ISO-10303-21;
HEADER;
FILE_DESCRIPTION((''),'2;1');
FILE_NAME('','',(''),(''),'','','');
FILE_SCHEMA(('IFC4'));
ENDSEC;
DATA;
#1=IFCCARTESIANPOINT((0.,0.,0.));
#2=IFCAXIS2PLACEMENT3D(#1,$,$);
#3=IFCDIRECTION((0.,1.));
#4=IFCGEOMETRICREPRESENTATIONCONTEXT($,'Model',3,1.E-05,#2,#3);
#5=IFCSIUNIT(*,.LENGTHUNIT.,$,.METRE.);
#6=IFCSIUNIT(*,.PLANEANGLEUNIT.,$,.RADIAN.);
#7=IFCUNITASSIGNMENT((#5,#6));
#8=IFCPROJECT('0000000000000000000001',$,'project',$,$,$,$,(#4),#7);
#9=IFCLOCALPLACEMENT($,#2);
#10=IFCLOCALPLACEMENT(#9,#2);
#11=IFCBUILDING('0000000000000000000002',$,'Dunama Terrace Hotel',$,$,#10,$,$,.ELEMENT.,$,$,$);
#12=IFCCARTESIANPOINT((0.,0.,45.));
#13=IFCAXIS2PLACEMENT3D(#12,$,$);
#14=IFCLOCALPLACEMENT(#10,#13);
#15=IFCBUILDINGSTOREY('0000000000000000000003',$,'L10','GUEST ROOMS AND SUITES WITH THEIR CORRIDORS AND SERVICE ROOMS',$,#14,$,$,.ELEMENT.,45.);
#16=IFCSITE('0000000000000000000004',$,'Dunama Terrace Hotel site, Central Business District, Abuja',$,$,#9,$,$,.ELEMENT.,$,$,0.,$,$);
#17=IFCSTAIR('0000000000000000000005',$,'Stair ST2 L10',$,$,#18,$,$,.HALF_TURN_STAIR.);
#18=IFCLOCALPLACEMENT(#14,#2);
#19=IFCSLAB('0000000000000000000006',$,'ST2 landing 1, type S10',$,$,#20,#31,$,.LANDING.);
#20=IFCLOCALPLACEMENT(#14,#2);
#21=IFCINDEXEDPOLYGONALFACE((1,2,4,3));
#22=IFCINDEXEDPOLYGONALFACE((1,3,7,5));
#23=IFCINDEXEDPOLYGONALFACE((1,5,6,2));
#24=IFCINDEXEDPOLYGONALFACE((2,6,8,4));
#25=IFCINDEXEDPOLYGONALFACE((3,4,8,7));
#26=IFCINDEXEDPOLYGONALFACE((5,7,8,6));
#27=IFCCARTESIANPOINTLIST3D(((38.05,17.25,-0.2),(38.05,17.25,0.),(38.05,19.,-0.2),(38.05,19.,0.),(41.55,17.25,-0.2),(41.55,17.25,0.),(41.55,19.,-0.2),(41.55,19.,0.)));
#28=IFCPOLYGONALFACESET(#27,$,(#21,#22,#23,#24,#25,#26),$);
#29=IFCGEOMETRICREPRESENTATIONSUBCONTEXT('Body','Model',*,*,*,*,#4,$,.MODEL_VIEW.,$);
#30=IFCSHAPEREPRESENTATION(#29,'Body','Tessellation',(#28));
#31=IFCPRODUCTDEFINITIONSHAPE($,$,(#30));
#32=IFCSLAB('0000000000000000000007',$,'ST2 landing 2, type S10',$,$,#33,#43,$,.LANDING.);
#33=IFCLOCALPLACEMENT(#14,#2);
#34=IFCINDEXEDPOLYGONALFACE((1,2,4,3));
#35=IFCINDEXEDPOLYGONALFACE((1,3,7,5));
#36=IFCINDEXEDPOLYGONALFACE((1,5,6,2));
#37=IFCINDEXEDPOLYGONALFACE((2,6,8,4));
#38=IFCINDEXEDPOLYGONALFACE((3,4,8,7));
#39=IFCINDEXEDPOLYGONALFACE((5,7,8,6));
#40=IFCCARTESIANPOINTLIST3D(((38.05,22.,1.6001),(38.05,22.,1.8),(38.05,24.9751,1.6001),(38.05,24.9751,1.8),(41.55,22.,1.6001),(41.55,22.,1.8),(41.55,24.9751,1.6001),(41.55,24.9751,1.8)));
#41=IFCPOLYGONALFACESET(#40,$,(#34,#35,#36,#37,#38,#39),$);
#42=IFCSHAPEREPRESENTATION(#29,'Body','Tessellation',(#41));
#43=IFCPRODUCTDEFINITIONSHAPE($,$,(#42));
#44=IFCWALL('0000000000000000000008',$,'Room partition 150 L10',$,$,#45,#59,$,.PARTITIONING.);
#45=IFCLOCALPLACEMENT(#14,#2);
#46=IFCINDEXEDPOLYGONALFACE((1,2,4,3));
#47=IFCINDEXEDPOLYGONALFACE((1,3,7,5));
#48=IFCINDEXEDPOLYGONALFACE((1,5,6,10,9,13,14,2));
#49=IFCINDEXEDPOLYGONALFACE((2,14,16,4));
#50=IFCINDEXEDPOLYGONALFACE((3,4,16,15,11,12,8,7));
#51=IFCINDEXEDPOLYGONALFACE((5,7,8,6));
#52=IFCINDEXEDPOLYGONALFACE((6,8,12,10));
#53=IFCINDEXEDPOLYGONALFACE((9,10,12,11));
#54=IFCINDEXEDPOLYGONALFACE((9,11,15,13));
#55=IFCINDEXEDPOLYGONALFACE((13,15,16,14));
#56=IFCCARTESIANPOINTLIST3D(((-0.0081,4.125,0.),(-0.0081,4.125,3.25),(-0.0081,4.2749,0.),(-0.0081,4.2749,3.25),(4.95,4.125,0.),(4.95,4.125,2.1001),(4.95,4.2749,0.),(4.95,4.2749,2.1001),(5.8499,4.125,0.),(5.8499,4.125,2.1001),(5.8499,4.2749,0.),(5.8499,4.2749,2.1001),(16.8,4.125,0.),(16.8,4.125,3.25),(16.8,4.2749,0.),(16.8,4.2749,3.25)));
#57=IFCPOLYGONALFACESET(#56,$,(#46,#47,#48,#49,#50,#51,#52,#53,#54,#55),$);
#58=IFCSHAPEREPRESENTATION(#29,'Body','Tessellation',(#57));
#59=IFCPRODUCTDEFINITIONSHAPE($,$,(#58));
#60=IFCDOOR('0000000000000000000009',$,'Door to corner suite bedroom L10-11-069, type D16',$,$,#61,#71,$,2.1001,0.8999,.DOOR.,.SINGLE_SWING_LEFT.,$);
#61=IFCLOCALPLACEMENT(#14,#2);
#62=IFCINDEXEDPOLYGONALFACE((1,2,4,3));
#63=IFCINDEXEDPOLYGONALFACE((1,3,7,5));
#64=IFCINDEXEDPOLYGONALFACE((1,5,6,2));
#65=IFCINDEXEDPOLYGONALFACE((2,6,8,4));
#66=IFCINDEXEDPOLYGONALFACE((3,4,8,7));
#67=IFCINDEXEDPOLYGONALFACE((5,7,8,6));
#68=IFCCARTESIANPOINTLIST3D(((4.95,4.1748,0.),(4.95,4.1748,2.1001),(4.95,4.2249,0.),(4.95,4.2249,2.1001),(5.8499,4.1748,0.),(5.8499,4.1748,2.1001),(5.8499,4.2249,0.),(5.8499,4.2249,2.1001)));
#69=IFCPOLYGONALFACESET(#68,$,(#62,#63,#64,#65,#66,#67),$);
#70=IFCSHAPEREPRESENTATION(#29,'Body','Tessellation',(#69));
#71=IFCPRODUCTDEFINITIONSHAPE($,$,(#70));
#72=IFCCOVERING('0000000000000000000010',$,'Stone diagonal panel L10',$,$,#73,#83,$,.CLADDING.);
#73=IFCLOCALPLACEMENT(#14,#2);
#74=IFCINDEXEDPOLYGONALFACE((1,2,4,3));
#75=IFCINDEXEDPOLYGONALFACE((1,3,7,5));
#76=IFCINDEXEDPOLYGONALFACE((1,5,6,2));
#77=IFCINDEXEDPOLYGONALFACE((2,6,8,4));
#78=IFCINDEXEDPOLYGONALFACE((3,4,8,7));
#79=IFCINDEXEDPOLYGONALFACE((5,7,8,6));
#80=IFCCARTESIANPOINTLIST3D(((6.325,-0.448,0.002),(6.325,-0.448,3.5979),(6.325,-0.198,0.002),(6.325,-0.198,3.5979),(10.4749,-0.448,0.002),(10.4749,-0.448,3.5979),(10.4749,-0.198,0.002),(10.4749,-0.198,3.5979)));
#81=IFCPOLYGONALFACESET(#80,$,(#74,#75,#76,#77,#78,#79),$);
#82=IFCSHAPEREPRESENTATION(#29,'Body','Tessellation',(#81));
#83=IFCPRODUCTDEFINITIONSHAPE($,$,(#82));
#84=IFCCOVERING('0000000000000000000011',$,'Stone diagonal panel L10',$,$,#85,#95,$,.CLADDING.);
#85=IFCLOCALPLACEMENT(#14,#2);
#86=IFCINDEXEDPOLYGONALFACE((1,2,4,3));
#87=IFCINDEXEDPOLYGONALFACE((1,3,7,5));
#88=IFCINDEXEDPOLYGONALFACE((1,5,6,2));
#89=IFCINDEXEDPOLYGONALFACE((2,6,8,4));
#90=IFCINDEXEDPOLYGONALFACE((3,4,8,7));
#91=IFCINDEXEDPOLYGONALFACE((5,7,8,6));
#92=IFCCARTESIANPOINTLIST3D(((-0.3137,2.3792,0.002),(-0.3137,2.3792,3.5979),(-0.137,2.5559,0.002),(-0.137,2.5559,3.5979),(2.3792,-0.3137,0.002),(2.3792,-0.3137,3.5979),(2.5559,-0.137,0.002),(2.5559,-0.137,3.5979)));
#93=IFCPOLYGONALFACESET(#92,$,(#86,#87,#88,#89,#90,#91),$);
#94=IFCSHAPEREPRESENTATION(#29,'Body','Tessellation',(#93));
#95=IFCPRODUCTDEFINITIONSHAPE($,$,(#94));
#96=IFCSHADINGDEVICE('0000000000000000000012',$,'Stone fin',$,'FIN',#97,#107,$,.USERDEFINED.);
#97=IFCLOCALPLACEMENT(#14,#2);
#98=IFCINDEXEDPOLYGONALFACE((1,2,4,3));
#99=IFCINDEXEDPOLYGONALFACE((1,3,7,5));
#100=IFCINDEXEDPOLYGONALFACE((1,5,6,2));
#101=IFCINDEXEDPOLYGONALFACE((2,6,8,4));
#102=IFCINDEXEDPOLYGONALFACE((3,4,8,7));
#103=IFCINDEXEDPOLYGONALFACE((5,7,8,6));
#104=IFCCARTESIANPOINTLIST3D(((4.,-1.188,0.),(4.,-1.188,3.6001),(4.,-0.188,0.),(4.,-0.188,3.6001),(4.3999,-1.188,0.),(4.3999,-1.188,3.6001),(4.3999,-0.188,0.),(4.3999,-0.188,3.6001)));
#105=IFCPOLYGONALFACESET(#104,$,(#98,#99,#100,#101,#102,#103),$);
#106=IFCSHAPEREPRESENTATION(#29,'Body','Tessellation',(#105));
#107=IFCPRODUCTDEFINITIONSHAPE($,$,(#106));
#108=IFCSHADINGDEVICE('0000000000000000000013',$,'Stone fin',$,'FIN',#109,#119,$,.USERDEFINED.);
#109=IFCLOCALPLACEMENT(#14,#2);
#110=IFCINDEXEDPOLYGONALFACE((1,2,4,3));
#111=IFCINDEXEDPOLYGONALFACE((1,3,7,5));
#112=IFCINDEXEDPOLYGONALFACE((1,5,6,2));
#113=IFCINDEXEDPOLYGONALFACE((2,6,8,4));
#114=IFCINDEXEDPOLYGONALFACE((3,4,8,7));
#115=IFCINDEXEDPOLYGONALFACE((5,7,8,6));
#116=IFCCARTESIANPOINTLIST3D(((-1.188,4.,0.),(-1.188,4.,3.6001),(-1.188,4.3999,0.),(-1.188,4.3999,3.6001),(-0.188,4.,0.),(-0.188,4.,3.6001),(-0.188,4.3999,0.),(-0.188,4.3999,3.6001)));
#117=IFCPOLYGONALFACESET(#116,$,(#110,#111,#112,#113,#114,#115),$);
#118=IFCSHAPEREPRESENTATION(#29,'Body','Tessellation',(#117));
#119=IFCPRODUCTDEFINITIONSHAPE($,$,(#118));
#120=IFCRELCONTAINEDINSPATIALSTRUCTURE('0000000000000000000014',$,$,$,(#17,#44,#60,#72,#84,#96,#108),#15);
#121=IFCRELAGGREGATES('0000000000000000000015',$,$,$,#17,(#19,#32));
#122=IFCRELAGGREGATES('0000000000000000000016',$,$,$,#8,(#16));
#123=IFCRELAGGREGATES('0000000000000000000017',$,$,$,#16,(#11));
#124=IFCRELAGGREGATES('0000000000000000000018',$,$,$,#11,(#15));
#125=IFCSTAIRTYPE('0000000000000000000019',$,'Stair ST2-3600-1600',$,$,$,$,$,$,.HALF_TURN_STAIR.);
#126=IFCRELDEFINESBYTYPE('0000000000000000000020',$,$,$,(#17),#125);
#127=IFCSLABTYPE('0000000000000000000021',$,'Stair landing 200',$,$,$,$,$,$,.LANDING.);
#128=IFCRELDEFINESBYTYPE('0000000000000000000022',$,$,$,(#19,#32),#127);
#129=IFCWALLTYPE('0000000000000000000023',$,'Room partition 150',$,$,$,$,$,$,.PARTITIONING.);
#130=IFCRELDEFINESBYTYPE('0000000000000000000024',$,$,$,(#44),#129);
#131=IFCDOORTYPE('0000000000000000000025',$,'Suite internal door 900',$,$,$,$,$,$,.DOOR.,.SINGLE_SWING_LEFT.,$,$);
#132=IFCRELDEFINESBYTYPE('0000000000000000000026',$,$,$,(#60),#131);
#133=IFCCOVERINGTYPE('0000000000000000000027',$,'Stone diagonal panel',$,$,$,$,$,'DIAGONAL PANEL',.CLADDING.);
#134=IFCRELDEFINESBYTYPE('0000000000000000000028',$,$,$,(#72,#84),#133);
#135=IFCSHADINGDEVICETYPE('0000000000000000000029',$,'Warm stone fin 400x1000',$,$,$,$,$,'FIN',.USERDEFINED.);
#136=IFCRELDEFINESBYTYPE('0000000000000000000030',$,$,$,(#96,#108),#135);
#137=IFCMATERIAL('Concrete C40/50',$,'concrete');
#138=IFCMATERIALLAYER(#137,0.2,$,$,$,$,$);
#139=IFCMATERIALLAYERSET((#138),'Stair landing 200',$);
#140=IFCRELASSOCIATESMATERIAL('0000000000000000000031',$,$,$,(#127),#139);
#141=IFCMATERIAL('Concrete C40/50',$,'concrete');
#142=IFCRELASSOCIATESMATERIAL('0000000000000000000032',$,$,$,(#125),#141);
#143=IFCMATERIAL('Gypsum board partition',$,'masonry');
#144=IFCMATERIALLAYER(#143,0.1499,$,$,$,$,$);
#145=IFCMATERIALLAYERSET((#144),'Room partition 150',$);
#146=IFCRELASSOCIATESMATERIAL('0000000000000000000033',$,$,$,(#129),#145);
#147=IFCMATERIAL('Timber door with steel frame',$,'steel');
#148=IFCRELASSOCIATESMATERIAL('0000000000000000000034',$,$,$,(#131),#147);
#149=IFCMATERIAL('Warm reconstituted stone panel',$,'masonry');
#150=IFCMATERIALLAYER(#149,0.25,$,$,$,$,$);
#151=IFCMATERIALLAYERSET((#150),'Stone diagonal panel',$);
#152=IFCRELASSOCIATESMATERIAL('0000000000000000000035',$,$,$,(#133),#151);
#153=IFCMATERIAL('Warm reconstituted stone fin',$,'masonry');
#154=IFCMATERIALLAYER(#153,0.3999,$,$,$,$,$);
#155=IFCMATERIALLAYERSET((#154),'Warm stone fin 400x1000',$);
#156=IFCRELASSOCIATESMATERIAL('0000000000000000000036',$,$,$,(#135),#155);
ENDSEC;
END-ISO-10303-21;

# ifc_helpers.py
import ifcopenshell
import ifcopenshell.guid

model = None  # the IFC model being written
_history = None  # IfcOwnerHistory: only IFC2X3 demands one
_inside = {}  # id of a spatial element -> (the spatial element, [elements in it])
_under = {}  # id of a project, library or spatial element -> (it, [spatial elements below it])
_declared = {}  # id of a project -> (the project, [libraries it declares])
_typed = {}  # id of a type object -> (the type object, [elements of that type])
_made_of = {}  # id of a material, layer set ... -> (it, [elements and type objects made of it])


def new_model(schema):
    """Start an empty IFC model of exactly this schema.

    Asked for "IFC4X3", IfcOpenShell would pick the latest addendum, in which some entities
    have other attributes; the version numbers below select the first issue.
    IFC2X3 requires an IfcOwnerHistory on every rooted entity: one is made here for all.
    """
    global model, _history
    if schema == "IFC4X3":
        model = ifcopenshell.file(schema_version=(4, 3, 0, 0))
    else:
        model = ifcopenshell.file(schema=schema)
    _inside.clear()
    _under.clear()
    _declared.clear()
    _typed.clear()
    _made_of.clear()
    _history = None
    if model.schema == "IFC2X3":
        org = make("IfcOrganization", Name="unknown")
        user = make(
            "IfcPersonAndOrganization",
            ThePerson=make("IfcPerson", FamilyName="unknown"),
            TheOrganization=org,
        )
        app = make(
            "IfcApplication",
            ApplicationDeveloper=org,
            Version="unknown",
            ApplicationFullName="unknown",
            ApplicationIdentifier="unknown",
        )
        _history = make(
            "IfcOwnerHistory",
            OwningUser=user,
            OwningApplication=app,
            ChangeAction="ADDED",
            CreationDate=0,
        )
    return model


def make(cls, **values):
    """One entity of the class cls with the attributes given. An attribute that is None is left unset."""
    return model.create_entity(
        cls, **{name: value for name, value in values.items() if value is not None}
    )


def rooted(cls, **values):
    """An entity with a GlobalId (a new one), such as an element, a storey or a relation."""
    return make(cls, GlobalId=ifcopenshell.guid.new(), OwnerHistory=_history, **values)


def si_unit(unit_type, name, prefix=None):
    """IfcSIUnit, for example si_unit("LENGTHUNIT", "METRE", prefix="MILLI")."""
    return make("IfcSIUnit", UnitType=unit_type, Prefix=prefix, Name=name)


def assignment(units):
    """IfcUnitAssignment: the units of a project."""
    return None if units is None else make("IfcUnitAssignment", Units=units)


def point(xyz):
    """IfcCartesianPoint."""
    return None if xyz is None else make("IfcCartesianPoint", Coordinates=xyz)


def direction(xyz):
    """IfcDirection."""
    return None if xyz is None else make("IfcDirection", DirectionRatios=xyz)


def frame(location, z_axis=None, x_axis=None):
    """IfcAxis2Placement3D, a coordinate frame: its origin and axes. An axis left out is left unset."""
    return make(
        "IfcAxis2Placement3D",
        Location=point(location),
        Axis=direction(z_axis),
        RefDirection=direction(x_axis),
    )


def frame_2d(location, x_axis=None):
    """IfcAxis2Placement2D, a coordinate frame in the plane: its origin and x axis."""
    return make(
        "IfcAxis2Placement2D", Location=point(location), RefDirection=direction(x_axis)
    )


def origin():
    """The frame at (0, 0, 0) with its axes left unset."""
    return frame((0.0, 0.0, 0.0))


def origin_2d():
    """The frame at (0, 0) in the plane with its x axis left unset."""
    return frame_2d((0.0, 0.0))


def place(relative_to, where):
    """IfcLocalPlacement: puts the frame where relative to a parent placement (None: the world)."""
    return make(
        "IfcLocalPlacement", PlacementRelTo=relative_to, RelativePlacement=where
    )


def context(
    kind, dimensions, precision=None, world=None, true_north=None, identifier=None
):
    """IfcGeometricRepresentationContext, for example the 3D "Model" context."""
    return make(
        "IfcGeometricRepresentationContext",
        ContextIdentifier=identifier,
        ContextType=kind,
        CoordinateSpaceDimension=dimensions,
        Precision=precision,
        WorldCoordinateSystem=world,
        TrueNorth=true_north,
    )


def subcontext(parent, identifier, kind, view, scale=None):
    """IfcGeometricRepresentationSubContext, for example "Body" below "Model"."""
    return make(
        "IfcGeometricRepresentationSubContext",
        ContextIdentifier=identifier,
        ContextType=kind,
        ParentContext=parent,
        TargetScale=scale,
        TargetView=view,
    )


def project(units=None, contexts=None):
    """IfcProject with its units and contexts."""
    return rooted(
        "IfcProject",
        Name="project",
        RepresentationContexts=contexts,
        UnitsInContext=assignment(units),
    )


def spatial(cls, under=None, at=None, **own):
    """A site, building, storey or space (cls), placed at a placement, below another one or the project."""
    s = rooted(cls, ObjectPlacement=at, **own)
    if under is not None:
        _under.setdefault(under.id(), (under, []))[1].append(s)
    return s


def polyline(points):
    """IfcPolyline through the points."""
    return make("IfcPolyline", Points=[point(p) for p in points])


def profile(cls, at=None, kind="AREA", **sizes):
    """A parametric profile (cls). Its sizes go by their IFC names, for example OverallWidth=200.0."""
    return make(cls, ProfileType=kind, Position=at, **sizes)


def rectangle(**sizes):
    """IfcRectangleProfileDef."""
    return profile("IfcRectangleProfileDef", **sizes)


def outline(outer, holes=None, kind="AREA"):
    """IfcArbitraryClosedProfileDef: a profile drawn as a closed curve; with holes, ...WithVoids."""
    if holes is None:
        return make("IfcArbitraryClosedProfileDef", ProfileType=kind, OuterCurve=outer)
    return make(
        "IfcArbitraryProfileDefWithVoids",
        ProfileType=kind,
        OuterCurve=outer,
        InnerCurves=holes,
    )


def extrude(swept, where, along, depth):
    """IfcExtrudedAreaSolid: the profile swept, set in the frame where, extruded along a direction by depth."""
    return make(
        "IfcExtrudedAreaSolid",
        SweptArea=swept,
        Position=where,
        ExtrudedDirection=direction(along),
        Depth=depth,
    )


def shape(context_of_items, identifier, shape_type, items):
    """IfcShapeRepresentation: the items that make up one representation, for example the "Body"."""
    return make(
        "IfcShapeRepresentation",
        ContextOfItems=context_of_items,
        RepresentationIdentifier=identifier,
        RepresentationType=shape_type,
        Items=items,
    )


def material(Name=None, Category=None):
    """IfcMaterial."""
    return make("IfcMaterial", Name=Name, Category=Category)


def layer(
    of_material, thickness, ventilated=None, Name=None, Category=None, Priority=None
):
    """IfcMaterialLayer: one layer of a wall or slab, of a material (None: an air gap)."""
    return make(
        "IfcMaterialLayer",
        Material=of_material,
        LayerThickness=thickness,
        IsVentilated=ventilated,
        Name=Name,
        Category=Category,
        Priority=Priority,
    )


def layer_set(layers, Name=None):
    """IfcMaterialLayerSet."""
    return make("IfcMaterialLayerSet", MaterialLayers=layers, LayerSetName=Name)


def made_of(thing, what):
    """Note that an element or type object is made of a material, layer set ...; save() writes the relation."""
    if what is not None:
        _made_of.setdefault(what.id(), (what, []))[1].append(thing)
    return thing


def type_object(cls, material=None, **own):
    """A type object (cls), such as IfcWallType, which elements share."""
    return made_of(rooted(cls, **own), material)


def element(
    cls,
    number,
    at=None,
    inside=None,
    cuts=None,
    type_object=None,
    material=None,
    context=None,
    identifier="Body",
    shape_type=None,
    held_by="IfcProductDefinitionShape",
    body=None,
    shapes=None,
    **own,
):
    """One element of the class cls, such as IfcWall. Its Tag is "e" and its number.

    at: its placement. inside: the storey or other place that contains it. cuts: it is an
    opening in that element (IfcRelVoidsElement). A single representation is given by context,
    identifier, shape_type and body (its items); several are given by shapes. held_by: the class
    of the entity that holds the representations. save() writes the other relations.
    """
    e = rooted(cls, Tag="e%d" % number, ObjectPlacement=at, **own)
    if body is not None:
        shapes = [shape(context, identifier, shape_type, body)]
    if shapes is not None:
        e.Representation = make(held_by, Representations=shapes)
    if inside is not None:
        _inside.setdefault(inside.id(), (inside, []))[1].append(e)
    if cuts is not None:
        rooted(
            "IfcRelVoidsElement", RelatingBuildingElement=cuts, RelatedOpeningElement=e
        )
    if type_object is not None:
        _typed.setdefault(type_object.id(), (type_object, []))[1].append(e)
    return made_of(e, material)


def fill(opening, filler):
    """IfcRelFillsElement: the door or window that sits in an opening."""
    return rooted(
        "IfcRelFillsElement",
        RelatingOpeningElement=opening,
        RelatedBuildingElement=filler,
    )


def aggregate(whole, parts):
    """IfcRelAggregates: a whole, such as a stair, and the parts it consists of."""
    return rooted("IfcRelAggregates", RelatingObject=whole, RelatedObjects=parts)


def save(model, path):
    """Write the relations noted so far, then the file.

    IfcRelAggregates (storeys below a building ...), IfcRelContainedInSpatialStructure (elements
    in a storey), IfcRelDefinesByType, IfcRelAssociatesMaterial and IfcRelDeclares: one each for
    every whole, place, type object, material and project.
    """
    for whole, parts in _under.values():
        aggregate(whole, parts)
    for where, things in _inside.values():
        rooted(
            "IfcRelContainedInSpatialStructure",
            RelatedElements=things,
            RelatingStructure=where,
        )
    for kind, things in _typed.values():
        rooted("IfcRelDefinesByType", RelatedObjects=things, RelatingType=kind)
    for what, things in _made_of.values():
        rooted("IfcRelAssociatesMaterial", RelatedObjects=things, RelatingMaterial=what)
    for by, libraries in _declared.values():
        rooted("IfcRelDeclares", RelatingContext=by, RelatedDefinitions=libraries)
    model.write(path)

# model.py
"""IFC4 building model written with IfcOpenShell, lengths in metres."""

from ifc_helpers import new_model, si_unit, direction, frame, frame_2d, origin, origin_2d, place, context, subcontext, project, spatial, polyline, rectangle, outline, extrude, material, layer, layer_set, type_object, element, fill, aggregate, save


model = new_model("IFC4")

# Units and contexts
model_context = context("Model", 3, precision=1e-05, world=origin(), true_north=direction((0.0, 1.0)))
body_context = subcontext(model_context, "Body", "Model", "MODEL_VIEW")
ifc_project = project(units=[si_unit("LENGTHUNIT", "METRE"), si_unit("PLANEANGLEUNIT", "RADIAN")], contexts=[model_context])

# Site, building, storey
site_placement = place(None, origin())
site = spatial("IfcSite", under=ifc_project, at=site_placement, Name="Dunama Terrace Hotel site, Central Business District, Abuja", CompositionType="ELEMENT", RefElevation=0.0)
building_placement = place(site_placement, origin())
building = spatial("IfcBuilding", under=site, at=building_placement, Name="Dunama Terrace Hotel", CompositionType="ELEMENT")
storey_placement = place(building_placement, frame((0.0, 0.0, 45.0)))
storey = spatial("IfcBuildingStorey", under=building, at=storey_placement, Name="L10", Description="GUEST ROOMS AND SUITES WITH THEIR CORRIDORS AND SERVICE ROOMS", CompositionType="ELEMENT", Elevation=45.0)

# Stair, slabs
ifc_material_1 = material(Name="Concrete C40/50", Category="concrete")
ifc_layer_1 = layer(ifc_material_1, 0.2)
ifc_layer_set_1 = layer_set([ifc_layer_1], Name="Stair landing 200")
slab_type_1 = type_object("IfcSlabType", Name="Stair landing 200", PredefinedType="LANDING", material=ifc_layer_set_1)
ifc_material_2 = material(Name="Concrete C40/50", Category="concrete")
stair_type_1 = type_object("IfcStairType", Name="Stair ST2-3600-1600", PredefinedType="HALF_TURN_STAIR", material=ifc_material_2)
stair_1_placement = place(storey_placement, origin())
stair_1 = element("IfcStair", 1, at=stair_1_placement, inside=storey, type_object=stair_type_1, Name="Stair ST2 L10", PredefinedType="HALF_TURN_STAIR")
slab_1_placement = place(storey_placement, frame((0.0, 0.0, -0.2)))
slab_1 = element("IfcSlab", 2, at=slab_1_placement, type_object=slab_type_1, Name="ST2 landing 1, type S10", PredefinedType="LANDING", context=body_context, shape_type="SweptSolid", body=[
    extrude(outline(polyline([(38.05, 17.25), (41.55, 17.25), (41.55, 19.0), (38.05, 19.0), (38.05, 17.25)])), origin(), (0.0, 0.0, 1.0), 0.2),
])
slab_2_placement = place(storey_placement, frame((0.0, 0.0, 1.6001)))
slab_2 = element("IfcSlab", 3, at=slab_2_placement, type_object=slab_type_1, Name="ST2 landing 2, type S10", PredefinedType="LANDING", context=body_context, shape_type="SweptSolid", body=[
    extrude(outline(polyline([(38.05, 22.0), (41.55, 22.0), (41.55, 24.9751), (38.05, 24.9751), (38.05, 22.0)])), origin(), (0.0, 0.0, 1.0), 0.2),
])
aggregate(stair_1, [slab_1, slab_2])

# Wall, opening, door
ifc_material_3 = material(Name="Gypsum board partition", Category="masonry")
ifc_layer_2 = layer(ifc_material_3, 0.1499)
ifc_layer_set_2 = layer_set([ifc_layer_2], Name="Room partition 150")
wall_type = type_object("IfcWallType", Name="Room partition 150", PredefinedType="PARTITIONING", material=ifc_layer_set_2)
wall_placement = place(storey_placement, frame((-0.0081, 4.2, 0.0), z_axis=(0.0, 0.0, 1.0), x_axis=(1.0, 0.0, 0.0)))
wall = element("IfcWall", 4, at=wall_placement, inside=storey, type_object=wall_type, Name="Room partition 150 L10", PredefinedType="PARTITIONING", context=body_context, shape_type="SweptSolid", body=[
    extrude(rectangle(XDim=16.8081, YDim=0.1499, at=frame_2d((8.4041, 0.0))), origin(), (0.0, 0.0, 1.0), 3.25),
])
opening_placement = place(wall_placement, frame((4.958, 0.0, 0.0)))
opening = element("IfcOpeningElement", 5, at=opening_placement, cuts=wall, PredefinedType="OPENING", context=body_context, shape_type="SweptSolid", body=[
    extrude(rectangle(XDim=0.8999, YDim=2.1001, at=frame_2d((0.45, 1.05))), frame((0.0, 0.085, 0.0), z_axis=(0.0, -1.0, 0.0), x_axis=(1.0, 0.0, 0.0)), (0.0, 0.0, 1.0), 0.1699),
])
ifc_material_4 = material(Name="Timber door with steel frame", Category="steel")
door_type = type_object("IfcDoorType", Name="Suite internal door 900", OperationType="SINGLE_SWING_LEFT", PredefinedType="DOOR", material=ifc_material_4)
door_placement = place(opening_placement, frame((0.8999, 0.0, 0.0), z_axis=(0.0, 0.0, 1.0), x_axis=(-1.0, 0.0, 0.0)))
door = element("IfcDoor", 6, at=door_placement, inside=storey, type_object=door_type, Name="Door to corner suite bedroom L10-11-069, type D16", OperationType="SINGLE_SWING_LEFT", OverallHeight=2.1001, OverallWidth=0.8999, PredefinedType="DOOR", context=body_context, shape_type="SweptSolid", body=[
    extrude(rectangle(XDim=0.8999, YDim=2.1001, at=frame_2d((0.45, 1.05))), frame((0.0, 0.0251, 0.0), z_axis=(0.0, -1.0, 0.0), x_axis=(1.0, 0.0, 0.0)), (0.0, 0.0, 1.0), 0.05),
])
fill(opening, door)

# Coverings
ifc_material_5 = material(Name="Warm reconstituted stone panel", Category="masonry")
ifc_layer_3 = layer(ifc_material_5, 0.25)
ifc_layer_set_3 = layer_set([ifc_layer_3], Name="Stone diagonal panel")
covering_type = type_object("IfcCoveringType", Name="Stone diagonal panel", ElementType="DIAGONAL PANEL", PredefinedType="CLADDING", material=ifc_layer_set_3)
covering_1_placement = place(storey_placement, frame((8.3999, -0.323, 0.002), z_axis=(0.0, 0.0, 1.0), x_axis=(1.0, 0.0, 0.0)))
element("IfcCovering", 7, at=covering_1_placement, inside=storey, type_object=covering_type, Name="Stone diagonal panel L10", PredefinedType="CLADDING", context=body_context, shape_type="SweptSolid", body=[
    extrude(rectangle(XDim=4.1499, YDim=0.25, at=origin_2d()), origin(), (0.0, 0.0, 1.0), 3.5959),
])
covering_2_placement = place(storey_placement, frame((1.1211, 1.1211, 0.002), z_axis=(0.0, 0.0, 1.0), x_axis=(0.707107, -0.707107, 0.0)))
element("IfcCovering", 8, at=covering_2_placement, inside=storey, type_object=covering_type, Name="Stone diagonal panel L10", PredefinedType="CLADDING", context=body_context, shape_type="SweptSolid", body=[
    extrude(rectangle(XDim=3.8083, YDim=0.25, at=origin_2d()), origin(), (0.0, 0.0, 1.0), 3.5959),
])

# Shading devices
ifc_material_6 = material(Name="Warm reconstituted stone fin", Category="masonry")
ifc_layer_4 = layer(ifc_material_6, 0.3999)
ifc_layer_set_4 = layer_set([ifc_layer_4], Name="Warm stone fin 400x1000")
shading_device_type = type_object("IfcShadingDeviceType", Name="Warm stone fin 400x1000", ElementType="FIN", PredefinedType="USERDEFINED", material=ifc_layer_set_4)
for number, where, z_axis, x_axis, name in (
    (9, (4.2, -0.688, 0.0), (0.0, 0.0, 1.0), (1.0, 0.0, 0.0), "Stone fin"),
    (10, (-0.688, 4.2, 0.0), (0.0, 0.0, 1.0), (0.0, -1.0, 0.0), "Stone fin"),
):
    element("IfcShadingDevice", number, at=place(storey_placement, frame(where, z_axis=z_axis, x_axis=x_axis)), inside=storey, type_object=shading_device_type, Name=name, ObjectType="FIN", PredefinedType="USERDEFINED", context=body_context, shape_type="SweptSolid", body=[
        extrude(rectangle(XDim=0.3999, YDim=1.0, at=origin_2d()), origin(), (0.0, 0.0, 1.0), 3.6001),
    ])

save(model, "model.ifc")
